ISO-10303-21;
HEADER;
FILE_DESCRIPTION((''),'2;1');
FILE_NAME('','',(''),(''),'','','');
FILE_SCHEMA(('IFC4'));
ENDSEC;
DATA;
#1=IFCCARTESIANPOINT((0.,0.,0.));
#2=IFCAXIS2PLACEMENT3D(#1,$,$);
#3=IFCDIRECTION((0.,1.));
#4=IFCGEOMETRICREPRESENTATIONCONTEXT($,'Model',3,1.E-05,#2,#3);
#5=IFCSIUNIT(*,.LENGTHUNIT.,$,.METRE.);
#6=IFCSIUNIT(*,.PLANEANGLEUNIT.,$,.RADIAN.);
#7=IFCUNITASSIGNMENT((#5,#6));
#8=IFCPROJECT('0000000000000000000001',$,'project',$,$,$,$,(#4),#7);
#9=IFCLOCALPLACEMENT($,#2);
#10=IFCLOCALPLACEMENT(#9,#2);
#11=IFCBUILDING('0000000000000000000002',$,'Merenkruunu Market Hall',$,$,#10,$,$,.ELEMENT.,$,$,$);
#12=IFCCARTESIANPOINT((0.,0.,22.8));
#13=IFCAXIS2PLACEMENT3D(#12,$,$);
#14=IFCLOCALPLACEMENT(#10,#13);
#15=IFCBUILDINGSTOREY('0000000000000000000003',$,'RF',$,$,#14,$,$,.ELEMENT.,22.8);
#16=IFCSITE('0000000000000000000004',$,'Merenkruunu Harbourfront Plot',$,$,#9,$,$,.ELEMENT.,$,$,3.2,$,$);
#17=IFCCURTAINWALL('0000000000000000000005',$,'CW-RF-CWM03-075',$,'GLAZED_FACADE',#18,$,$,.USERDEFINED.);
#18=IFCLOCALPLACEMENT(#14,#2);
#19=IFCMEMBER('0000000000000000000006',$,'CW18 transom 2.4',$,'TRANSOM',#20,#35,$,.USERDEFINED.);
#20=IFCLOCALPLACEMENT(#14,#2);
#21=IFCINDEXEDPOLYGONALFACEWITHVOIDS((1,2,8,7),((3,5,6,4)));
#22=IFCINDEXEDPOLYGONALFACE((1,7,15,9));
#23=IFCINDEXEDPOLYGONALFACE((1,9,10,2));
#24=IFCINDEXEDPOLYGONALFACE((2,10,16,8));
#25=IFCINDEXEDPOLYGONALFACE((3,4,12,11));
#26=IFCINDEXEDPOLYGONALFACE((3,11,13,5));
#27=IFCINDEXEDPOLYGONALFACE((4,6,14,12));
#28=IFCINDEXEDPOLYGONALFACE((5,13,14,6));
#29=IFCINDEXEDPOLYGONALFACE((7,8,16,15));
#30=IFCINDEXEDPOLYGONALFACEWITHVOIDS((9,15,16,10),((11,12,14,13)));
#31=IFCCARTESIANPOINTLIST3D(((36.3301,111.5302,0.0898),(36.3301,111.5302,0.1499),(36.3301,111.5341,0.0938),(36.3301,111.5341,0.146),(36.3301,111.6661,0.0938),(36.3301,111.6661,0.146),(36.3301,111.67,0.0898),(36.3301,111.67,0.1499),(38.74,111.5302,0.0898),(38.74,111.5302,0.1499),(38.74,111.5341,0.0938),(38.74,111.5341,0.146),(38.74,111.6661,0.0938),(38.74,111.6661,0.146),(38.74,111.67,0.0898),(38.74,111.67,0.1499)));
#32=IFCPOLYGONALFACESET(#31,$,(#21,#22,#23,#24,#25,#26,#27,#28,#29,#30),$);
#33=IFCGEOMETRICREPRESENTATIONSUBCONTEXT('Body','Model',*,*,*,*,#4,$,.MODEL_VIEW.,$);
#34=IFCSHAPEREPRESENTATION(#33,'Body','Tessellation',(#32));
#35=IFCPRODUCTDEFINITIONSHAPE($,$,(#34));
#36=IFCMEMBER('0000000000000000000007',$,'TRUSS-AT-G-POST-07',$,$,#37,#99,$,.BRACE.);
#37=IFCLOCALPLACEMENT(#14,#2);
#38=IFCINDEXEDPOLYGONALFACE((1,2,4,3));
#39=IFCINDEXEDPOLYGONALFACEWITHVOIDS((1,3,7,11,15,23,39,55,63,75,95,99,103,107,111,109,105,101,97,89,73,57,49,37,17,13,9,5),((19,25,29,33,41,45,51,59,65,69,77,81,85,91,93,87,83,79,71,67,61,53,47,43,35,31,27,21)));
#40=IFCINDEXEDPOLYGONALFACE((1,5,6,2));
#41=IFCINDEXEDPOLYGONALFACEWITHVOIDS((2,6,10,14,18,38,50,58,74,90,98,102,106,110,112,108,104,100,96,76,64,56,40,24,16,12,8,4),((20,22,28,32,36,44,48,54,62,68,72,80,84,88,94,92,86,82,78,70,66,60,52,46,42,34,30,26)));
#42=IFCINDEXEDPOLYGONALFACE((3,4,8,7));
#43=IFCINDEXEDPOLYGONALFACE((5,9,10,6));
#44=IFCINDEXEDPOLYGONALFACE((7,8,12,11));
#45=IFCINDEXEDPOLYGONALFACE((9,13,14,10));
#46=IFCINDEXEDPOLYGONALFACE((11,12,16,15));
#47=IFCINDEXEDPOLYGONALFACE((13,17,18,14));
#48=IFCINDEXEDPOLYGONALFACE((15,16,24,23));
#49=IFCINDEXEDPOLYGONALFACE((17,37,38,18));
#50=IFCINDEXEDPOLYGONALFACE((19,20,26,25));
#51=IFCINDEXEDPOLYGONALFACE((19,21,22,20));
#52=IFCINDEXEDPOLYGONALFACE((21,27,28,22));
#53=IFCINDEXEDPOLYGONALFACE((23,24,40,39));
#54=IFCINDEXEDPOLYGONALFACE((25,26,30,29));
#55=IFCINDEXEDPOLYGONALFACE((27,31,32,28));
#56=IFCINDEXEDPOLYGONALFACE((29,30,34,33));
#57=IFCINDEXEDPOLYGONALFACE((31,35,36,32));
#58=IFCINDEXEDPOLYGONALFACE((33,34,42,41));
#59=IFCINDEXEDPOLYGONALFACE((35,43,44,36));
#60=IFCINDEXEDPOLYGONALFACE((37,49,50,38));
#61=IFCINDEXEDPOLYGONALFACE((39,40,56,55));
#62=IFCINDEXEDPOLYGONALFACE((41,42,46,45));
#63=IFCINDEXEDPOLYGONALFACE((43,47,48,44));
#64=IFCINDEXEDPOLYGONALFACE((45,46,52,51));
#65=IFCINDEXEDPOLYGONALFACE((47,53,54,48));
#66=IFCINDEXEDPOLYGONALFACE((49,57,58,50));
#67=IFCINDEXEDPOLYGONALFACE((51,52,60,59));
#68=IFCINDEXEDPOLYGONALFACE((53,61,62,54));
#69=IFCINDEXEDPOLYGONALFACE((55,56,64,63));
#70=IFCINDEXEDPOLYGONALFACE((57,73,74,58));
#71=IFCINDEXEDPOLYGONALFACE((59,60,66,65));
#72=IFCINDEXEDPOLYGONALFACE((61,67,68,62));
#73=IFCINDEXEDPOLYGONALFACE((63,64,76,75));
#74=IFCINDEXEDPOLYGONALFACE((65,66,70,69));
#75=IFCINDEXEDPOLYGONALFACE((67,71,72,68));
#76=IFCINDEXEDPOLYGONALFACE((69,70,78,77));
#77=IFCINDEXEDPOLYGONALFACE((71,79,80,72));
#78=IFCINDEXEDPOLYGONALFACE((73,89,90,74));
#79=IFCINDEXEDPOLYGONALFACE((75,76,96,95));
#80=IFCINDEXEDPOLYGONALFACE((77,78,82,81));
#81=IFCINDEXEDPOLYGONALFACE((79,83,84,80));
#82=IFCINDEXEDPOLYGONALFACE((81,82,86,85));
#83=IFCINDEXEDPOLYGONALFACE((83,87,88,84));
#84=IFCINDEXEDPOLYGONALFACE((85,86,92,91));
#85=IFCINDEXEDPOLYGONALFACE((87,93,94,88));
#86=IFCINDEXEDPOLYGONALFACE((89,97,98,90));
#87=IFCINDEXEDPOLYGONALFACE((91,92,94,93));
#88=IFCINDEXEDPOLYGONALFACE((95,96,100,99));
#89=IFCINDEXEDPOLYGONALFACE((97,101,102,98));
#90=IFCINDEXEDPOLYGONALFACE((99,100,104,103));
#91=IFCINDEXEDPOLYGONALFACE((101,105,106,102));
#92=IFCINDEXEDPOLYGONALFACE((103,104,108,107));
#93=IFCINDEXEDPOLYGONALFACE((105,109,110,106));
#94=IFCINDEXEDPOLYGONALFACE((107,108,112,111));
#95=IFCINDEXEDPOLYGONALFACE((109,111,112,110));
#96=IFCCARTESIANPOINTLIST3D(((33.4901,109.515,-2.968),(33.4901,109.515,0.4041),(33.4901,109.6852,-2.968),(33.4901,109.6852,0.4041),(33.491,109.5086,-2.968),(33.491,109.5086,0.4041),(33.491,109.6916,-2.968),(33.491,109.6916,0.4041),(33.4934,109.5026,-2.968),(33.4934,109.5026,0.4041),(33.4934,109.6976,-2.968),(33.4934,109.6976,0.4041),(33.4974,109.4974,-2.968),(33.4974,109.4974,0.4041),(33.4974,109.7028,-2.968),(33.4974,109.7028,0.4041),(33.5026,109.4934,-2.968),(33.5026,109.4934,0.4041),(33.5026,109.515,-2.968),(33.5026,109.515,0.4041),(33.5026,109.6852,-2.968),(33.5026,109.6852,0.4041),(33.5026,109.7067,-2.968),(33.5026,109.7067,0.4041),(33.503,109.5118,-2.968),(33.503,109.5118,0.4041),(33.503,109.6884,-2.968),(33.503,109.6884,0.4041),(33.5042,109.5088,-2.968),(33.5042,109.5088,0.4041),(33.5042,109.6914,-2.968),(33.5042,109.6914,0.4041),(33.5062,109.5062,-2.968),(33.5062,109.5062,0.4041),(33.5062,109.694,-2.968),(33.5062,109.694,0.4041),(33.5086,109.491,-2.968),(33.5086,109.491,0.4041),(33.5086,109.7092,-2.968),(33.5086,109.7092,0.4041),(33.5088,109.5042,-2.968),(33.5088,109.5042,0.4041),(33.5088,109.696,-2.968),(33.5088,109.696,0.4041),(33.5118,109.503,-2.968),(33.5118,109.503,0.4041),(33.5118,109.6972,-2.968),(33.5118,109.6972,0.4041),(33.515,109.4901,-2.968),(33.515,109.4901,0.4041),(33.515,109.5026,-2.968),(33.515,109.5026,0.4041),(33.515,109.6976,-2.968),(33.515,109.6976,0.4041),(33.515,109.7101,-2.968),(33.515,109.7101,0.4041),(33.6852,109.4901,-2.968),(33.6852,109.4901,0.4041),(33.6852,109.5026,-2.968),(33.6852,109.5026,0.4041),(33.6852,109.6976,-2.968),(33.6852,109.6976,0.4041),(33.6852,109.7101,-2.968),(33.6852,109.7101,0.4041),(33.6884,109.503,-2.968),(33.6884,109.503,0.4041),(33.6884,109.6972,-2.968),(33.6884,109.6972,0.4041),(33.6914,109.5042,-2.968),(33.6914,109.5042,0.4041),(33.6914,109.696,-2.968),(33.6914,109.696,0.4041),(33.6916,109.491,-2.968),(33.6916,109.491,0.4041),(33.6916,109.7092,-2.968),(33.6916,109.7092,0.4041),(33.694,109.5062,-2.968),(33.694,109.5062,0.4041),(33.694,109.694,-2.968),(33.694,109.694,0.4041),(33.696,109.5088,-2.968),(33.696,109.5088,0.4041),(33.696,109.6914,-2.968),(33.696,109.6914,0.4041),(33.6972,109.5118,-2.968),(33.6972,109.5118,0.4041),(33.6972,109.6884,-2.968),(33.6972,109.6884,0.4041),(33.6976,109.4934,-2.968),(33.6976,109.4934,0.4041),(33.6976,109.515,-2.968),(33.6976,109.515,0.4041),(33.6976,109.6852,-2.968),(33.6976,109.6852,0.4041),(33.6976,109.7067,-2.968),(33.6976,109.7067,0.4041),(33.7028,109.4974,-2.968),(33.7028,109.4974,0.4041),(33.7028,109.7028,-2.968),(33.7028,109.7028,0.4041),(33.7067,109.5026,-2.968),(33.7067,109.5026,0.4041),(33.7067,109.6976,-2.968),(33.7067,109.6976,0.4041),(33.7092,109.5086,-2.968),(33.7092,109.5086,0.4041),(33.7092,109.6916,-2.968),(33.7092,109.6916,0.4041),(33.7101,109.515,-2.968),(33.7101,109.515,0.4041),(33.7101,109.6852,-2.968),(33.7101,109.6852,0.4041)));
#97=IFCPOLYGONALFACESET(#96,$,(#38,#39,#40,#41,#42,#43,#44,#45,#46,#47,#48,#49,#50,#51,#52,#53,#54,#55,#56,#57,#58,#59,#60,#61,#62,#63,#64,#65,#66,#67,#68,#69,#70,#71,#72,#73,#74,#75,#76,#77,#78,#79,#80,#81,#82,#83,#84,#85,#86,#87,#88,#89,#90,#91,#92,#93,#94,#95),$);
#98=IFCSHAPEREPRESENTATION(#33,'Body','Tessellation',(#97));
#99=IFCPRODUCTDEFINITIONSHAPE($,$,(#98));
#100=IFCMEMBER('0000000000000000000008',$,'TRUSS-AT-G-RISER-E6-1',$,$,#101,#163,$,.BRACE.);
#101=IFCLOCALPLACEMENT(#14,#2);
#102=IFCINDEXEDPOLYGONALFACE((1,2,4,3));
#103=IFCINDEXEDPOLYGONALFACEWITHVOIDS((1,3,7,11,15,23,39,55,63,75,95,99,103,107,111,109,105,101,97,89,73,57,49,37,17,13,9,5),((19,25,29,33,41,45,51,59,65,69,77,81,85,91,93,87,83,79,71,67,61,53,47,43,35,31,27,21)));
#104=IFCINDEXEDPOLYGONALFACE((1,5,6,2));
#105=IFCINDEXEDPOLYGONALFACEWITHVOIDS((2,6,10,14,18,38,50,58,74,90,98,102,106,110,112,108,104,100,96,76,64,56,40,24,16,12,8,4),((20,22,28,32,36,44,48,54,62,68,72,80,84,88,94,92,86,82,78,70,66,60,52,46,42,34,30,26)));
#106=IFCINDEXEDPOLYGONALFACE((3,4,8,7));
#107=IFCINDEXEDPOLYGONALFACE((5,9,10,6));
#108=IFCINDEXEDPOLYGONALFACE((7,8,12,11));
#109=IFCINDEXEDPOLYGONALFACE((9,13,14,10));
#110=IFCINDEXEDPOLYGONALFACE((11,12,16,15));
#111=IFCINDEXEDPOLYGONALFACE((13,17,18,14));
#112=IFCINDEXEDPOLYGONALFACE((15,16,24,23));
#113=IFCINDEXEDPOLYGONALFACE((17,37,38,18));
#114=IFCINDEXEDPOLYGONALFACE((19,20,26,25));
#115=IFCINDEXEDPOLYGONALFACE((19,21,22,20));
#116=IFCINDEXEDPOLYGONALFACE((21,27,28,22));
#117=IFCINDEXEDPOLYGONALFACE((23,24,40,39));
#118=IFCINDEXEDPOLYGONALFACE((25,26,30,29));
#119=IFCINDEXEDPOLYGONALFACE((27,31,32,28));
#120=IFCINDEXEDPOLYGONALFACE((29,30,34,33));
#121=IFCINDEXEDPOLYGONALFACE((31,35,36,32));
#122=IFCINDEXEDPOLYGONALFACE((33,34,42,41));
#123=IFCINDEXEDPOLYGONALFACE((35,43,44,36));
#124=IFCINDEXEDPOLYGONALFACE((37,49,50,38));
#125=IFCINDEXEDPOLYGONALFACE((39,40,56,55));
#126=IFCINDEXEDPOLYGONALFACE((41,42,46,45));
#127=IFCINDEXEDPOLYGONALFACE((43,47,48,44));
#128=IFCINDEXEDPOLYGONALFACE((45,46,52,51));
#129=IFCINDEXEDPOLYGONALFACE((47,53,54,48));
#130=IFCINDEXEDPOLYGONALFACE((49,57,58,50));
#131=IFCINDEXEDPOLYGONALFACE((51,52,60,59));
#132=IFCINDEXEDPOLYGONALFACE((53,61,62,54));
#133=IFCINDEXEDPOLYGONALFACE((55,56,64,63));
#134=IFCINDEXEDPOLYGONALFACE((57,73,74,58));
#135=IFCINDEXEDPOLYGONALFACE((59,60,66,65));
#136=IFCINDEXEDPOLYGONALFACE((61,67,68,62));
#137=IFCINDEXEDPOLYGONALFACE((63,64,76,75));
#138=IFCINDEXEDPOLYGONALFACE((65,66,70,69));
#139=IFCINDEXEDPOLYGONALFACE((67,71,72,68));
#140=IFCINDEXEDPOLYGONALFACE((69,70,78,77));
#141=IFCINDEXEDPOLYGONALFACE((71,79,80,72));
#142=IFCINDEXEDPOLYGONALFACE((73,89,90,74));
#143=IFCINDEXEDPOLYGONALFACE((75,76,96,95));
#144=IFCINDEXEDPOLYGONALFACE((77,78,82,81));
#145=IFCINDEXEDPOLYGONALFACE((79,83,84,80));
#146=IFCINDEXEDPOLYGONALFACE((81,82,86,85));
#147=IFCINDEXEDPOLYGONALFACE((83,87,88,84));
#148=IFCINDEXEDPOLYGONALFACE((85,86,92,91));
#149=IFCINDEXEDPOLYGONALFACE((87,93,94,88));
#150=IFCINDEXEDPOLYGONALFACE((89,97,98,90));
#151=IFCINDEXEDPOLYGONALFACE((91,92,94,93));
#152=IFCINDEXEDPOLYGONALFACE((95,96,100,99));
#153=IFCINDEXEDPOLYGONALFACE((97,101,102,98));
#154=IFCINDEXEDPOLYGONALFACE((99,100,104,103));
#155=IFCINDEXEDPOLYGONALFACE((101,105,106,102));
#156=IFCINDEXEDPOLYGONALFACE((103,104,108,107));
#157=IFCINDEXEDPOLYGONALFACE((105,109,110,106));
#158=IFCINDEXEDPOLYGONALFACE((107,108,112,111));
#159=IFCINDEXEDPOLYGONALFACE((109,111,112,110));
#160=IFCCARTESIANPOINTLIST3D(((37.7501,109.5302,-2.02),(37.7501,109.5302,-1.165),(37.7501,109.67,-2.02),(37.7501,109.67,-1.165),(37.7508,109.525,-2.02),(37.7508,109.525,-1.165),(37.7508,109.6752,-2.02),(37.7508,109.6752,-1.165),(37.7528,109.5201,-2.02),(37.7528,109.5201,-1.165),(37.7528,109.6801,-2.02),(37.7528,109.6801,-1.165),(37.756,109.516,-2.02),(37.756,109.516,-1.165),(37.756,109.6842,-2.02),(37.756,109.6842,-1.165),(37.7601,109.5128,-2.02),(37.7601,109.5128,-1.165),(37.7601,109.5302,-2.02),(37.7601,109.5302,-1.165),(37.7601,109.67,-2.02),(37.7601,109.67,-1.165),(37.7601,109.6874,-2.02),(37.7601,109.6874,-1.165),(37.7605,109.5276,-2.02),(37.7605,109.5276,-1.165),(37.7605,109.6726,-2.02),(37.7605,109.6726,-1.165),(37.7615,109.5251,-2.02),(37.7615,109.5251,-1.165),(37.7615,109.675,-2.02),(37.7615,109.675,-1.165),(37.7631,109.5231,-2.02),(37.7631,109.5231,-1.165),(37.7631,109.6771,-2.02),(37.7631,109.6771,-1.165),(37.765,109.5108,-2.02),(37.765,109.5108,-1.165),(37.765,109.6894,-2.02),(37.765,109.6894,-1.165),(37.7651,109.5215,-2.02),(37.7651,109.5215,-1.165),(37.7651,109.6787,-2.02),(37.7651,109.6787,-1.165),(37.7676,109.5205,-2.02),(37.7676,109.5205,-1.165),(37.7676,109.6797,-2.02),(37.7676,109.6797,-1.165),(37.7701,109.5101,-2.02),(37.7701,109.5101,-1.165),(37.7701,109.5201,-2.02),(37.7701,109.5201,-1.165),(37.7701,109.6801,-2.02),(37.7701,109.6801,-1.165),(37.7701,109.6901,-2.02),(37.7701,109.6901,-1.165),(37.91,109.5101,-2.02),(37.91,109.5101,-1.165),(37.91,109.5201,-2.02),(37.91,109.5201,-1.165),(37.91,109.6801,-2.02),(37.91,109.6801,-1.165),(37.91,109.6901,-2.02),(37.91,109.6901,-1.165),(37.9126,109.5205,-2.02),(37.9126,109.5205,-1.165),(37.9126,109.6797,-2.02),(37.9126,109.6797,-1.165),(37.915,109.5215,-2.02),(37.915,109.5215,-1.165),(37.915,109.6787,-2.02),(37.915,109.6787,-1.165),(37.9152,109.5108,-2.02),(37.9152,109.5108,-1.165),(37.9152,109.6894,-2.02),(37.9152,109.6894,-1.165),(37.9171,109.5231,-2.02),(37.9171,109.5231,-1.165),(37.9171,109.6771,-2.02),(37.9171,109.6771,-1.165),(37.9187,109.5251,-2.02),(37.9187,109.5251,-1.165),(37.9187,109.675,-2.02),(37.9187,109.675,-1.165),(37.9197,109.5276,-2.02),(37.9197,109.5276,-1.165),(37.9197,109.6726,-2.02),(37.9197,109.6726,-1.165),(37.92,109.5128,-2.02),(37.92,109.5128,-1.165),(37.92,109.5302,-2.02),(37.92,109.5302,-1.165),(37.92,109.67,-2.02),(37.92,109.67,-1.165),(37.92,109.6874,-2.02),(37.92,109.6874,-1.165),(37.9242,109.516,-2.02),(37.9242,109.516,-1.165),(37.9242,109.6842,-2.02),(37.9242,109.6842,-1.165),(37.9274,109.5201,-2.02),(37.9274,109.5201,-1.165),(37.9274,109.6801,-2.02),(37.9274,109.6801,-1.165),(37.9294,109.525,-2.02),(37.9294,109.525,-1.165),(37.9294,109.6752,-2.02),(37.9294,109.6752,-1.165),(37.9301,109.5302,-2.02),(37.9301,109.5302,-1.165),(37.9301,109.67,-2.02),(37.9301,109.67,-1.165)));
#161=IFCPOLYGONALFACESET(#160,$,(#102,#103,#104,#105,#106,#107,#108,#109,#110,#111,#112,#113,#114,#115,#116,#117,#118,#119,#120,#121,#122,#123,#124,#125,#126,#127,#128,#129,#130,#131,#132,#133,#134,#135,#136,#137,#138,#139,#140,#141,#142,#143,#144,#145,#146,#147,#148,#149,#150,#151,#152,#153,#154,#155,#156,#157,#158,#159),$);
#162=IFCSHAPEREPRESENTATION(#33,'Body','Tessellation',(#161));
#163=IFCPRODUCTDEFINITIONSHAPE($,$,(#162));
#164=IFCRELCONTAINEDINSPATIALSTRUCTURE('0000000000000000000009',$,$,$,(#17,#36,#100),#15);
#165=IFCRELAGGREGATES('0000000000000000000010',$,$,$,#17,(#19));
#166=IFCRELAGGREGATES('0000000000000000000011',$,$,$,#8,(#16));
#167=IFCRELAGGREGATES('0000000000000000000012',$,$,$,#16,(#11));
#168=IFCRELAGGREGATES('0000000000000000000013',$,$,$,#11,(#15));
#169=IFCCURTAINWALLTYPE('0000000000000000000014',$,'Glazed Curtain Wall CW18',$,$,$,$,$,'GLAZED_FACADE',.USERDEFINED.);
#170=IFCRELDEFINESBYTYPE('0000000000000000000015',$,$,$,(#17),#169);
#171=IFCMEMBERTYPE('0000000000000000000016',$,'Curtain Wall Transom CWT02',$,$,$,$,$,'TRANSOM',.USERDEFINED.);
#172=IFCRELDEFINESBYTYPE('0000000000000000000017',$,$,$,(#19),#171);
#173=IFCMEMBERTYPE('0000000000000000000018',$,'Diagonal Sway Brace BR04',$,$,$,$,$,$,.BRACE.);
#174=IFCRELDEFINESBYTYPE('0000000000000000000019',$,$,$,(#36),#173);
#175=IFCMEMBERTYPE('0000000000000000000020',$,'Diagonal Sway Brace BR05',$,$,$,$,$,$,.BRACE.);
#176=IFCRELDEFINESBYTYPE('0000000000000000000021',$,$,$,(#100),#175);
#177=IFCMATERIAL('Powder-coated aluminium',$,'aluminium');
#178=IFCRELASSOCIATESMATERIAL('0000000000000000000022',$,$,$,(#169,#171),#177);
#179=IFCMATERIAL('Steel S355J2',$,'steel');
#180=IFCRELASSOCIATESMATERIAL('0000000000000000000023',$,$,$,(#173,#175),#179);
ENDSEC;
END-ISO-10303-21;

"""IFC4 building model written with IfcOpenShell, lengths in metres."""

from ifc_helpers import new_model, si_unit, direction, frame, origin, origin_2d, place, context, subcontext, project, spatial, hollow_rectangle, extrude, material, material_profile, profile_set, type_object, element, aggregate, save


model = new_model("IFC4")

# Units and contexts
model_context = context("Model", 3, precision=1e-05, world=origin(), true_north=direction((0.0, 1.0)))
body_context = subcontext(model_context, "Body", "Model", "MODEL_VIEW")
ifc_project = project(units=[si_unit("LENGTHUNIT", "METRE"), si_unit("PLANEANGLEUNIT", "RADIAN")], contexts=[model_context])

# Site, building, storey
site_placement = place(None, origin())
site = spatial("IfcSite", under=ifc_project, at=site_placement, Name="Merenkruunu Harbourfront Plot", CompositionType="ELEMENT", RefElevation=3.2)
building_placement = place(site_placement, origin())
building = spatial("IfcBuilding", under=site, at=building_placement, Name="Merenkruunu Market Hall", CompositionType="ELEMENT")
storey_placement = place(building_placement, frame((0.0, 0.0, 22.8)))
storey = spatial("IfcBuildingStorey", under=building, at=storey_placement, Name="RF", CompositionType="ELEMENT", Elevation=22.8)

# Curtain wall, member
ifc_material_1 = material(Name="Powder-coated aluminium", Category="aluminium")
curtain_wall_type = type_object("IfcCurtainWallType", Name="Glazed Curtain Wall CW18", ElementType="GLAZED_FACADE", PredefinedType="USERDEFINED", material=ifc_material_1)
ifc_material_profile_1 = material_profile(ifc_material_1, hollow_rectangle(XDim=0.0601, YDim=0.1399, WallThickness=0.0039, at=origin_2d()), Name="ALU 60x140x4")
ifc_profile_set_1 = profile_set([ifc_material_profile_1], Name="Powder-coated aluminium")
member_type_1 = type_object("IfcMemberType", Name="Curtain Wall Transom CWT02", ElementType="TRANSOM", PredefinedType="USERDEFINED", material=ifc_profile_set_1)
curtain_wall_1_placement = place(storey_placement, origin())
curtain_wall_1 = element("IfcCurtainWall", 1, at=curtain_wall_1_placement, inside=storey, type_object=curtain_wall_type, Name="CW-RF-CWM03-075", ObjectType="GLAZED_FACADE", PredefinedType="USERDEFINED")
member_1_placement = place(storey_placement, frame((36.3301, 111.6001, 0.1199), z_axis=(1.0, 0.0, 0.0), x_axis=(0.0, 0.0, 1.0)))
member_1 = element("IfcMember", 2, at=member_1_placement, type_object=member_type_1, Name="CW18 transom 2.4", ObjectType="TRANSOM", PredefinedType="USERDEFINED", context=body_context, shape_type="SweptSolid", body=[
    extrude(hollow_rectangle(XDim=0.0601, YDim=0.1399, WallThickness=0.0039, at=origin_2d()), origin(), (0.0, 0.0, 1.0), 2.4099),
])

# Members
ifc_material_2 = material(Name="Steel S355J2", Category="steel")
ifc_material_profile_2 = material_profile(ifc_material_2, hollow_rectangle(XDim=0.22, YDim=0.22, WallThickness=0.0125, InnerFilletRadius=0.0125, OuterFilletRadius=0.0249, at=origin_2d()), Name="SHS 220x220x12.5")
ifc_profile_set_2 = profile_set([ifc_material_profile_2], Name="Steel S355J2")
member_type_2 = type_object("IfcMemberType", Name="Diagonal Sway Brace BR04", PredefinedType="BRACE", material=ifc_profile_set_2)
member_2_placement = place(storey_placement, frame((33.6001, 109.6001, -2.968), z_axis=(0.0, 0.0, 1.0), x_axis=(1.0, 0.0, 0.0)))
element("IfcMember", 3, at=member_2_placement, inside=storey, type_object=member_type_2, Name="TRUSS-AT-G-POST-07", PredefinedType="BRACE", context=body_context, shape_type="SweptSolid", body=[
    extrude(hollow_rectangle(XDim=0.22, YDim=0.22, WallThickness=0.0125, InnerFilletRadius=0.0125, OuterFilletRadius=0.0249, at=origin_2d()), origin(), (0.0, 0.0, 1.0), 3.3721),
])
ifc_material_profile_3 = material_profile(ifc_material_2, hollow_rectangle(XDim=0.1799, YDim=0.1799, WallThickness=0.01, InnerFilletRadius=0.01, OuterFilletRadius=0.02, at=origin_2d()), Name="SHS 180x180x10")
ifc_profile_set_3 = profile_set([ifc_material_profile_3], Name="Steel S355J2")
member_type_3 = type_object("IfcMemberType", Name="Diagonal Sway Brace BR05", PredefinedType="BRACE", material=ifc_profile_set_3)
member_3_placement = place(storey_placement, frame((37.8401, 109.6001, -2.02), z_axis=(0.0, 0.0, 1.0), x_axis=(1.0, 0.0, 0.0)))
element("IfcMember", 4, at=member_3_placement, inside=storey, type_object=member_type_3, Name="TRUSS-AT-G-RISER-E6-1", PredefinedType="BRACE", context=body_context, shape_type="SweptSolid", body=[
    extrude(hollow_rectangle(XDim=0.1799, YDim=0.1799, WallThickness=0.01, InnerFilletRadius=0.01, OuterFilletRadius=0.02, at=origin_2d()), origin(), (0.0, 0.0, 1.0), 0.855),
])

aggregate(curtain_wall_1, [member_1])

save(model, "model.ifc")
